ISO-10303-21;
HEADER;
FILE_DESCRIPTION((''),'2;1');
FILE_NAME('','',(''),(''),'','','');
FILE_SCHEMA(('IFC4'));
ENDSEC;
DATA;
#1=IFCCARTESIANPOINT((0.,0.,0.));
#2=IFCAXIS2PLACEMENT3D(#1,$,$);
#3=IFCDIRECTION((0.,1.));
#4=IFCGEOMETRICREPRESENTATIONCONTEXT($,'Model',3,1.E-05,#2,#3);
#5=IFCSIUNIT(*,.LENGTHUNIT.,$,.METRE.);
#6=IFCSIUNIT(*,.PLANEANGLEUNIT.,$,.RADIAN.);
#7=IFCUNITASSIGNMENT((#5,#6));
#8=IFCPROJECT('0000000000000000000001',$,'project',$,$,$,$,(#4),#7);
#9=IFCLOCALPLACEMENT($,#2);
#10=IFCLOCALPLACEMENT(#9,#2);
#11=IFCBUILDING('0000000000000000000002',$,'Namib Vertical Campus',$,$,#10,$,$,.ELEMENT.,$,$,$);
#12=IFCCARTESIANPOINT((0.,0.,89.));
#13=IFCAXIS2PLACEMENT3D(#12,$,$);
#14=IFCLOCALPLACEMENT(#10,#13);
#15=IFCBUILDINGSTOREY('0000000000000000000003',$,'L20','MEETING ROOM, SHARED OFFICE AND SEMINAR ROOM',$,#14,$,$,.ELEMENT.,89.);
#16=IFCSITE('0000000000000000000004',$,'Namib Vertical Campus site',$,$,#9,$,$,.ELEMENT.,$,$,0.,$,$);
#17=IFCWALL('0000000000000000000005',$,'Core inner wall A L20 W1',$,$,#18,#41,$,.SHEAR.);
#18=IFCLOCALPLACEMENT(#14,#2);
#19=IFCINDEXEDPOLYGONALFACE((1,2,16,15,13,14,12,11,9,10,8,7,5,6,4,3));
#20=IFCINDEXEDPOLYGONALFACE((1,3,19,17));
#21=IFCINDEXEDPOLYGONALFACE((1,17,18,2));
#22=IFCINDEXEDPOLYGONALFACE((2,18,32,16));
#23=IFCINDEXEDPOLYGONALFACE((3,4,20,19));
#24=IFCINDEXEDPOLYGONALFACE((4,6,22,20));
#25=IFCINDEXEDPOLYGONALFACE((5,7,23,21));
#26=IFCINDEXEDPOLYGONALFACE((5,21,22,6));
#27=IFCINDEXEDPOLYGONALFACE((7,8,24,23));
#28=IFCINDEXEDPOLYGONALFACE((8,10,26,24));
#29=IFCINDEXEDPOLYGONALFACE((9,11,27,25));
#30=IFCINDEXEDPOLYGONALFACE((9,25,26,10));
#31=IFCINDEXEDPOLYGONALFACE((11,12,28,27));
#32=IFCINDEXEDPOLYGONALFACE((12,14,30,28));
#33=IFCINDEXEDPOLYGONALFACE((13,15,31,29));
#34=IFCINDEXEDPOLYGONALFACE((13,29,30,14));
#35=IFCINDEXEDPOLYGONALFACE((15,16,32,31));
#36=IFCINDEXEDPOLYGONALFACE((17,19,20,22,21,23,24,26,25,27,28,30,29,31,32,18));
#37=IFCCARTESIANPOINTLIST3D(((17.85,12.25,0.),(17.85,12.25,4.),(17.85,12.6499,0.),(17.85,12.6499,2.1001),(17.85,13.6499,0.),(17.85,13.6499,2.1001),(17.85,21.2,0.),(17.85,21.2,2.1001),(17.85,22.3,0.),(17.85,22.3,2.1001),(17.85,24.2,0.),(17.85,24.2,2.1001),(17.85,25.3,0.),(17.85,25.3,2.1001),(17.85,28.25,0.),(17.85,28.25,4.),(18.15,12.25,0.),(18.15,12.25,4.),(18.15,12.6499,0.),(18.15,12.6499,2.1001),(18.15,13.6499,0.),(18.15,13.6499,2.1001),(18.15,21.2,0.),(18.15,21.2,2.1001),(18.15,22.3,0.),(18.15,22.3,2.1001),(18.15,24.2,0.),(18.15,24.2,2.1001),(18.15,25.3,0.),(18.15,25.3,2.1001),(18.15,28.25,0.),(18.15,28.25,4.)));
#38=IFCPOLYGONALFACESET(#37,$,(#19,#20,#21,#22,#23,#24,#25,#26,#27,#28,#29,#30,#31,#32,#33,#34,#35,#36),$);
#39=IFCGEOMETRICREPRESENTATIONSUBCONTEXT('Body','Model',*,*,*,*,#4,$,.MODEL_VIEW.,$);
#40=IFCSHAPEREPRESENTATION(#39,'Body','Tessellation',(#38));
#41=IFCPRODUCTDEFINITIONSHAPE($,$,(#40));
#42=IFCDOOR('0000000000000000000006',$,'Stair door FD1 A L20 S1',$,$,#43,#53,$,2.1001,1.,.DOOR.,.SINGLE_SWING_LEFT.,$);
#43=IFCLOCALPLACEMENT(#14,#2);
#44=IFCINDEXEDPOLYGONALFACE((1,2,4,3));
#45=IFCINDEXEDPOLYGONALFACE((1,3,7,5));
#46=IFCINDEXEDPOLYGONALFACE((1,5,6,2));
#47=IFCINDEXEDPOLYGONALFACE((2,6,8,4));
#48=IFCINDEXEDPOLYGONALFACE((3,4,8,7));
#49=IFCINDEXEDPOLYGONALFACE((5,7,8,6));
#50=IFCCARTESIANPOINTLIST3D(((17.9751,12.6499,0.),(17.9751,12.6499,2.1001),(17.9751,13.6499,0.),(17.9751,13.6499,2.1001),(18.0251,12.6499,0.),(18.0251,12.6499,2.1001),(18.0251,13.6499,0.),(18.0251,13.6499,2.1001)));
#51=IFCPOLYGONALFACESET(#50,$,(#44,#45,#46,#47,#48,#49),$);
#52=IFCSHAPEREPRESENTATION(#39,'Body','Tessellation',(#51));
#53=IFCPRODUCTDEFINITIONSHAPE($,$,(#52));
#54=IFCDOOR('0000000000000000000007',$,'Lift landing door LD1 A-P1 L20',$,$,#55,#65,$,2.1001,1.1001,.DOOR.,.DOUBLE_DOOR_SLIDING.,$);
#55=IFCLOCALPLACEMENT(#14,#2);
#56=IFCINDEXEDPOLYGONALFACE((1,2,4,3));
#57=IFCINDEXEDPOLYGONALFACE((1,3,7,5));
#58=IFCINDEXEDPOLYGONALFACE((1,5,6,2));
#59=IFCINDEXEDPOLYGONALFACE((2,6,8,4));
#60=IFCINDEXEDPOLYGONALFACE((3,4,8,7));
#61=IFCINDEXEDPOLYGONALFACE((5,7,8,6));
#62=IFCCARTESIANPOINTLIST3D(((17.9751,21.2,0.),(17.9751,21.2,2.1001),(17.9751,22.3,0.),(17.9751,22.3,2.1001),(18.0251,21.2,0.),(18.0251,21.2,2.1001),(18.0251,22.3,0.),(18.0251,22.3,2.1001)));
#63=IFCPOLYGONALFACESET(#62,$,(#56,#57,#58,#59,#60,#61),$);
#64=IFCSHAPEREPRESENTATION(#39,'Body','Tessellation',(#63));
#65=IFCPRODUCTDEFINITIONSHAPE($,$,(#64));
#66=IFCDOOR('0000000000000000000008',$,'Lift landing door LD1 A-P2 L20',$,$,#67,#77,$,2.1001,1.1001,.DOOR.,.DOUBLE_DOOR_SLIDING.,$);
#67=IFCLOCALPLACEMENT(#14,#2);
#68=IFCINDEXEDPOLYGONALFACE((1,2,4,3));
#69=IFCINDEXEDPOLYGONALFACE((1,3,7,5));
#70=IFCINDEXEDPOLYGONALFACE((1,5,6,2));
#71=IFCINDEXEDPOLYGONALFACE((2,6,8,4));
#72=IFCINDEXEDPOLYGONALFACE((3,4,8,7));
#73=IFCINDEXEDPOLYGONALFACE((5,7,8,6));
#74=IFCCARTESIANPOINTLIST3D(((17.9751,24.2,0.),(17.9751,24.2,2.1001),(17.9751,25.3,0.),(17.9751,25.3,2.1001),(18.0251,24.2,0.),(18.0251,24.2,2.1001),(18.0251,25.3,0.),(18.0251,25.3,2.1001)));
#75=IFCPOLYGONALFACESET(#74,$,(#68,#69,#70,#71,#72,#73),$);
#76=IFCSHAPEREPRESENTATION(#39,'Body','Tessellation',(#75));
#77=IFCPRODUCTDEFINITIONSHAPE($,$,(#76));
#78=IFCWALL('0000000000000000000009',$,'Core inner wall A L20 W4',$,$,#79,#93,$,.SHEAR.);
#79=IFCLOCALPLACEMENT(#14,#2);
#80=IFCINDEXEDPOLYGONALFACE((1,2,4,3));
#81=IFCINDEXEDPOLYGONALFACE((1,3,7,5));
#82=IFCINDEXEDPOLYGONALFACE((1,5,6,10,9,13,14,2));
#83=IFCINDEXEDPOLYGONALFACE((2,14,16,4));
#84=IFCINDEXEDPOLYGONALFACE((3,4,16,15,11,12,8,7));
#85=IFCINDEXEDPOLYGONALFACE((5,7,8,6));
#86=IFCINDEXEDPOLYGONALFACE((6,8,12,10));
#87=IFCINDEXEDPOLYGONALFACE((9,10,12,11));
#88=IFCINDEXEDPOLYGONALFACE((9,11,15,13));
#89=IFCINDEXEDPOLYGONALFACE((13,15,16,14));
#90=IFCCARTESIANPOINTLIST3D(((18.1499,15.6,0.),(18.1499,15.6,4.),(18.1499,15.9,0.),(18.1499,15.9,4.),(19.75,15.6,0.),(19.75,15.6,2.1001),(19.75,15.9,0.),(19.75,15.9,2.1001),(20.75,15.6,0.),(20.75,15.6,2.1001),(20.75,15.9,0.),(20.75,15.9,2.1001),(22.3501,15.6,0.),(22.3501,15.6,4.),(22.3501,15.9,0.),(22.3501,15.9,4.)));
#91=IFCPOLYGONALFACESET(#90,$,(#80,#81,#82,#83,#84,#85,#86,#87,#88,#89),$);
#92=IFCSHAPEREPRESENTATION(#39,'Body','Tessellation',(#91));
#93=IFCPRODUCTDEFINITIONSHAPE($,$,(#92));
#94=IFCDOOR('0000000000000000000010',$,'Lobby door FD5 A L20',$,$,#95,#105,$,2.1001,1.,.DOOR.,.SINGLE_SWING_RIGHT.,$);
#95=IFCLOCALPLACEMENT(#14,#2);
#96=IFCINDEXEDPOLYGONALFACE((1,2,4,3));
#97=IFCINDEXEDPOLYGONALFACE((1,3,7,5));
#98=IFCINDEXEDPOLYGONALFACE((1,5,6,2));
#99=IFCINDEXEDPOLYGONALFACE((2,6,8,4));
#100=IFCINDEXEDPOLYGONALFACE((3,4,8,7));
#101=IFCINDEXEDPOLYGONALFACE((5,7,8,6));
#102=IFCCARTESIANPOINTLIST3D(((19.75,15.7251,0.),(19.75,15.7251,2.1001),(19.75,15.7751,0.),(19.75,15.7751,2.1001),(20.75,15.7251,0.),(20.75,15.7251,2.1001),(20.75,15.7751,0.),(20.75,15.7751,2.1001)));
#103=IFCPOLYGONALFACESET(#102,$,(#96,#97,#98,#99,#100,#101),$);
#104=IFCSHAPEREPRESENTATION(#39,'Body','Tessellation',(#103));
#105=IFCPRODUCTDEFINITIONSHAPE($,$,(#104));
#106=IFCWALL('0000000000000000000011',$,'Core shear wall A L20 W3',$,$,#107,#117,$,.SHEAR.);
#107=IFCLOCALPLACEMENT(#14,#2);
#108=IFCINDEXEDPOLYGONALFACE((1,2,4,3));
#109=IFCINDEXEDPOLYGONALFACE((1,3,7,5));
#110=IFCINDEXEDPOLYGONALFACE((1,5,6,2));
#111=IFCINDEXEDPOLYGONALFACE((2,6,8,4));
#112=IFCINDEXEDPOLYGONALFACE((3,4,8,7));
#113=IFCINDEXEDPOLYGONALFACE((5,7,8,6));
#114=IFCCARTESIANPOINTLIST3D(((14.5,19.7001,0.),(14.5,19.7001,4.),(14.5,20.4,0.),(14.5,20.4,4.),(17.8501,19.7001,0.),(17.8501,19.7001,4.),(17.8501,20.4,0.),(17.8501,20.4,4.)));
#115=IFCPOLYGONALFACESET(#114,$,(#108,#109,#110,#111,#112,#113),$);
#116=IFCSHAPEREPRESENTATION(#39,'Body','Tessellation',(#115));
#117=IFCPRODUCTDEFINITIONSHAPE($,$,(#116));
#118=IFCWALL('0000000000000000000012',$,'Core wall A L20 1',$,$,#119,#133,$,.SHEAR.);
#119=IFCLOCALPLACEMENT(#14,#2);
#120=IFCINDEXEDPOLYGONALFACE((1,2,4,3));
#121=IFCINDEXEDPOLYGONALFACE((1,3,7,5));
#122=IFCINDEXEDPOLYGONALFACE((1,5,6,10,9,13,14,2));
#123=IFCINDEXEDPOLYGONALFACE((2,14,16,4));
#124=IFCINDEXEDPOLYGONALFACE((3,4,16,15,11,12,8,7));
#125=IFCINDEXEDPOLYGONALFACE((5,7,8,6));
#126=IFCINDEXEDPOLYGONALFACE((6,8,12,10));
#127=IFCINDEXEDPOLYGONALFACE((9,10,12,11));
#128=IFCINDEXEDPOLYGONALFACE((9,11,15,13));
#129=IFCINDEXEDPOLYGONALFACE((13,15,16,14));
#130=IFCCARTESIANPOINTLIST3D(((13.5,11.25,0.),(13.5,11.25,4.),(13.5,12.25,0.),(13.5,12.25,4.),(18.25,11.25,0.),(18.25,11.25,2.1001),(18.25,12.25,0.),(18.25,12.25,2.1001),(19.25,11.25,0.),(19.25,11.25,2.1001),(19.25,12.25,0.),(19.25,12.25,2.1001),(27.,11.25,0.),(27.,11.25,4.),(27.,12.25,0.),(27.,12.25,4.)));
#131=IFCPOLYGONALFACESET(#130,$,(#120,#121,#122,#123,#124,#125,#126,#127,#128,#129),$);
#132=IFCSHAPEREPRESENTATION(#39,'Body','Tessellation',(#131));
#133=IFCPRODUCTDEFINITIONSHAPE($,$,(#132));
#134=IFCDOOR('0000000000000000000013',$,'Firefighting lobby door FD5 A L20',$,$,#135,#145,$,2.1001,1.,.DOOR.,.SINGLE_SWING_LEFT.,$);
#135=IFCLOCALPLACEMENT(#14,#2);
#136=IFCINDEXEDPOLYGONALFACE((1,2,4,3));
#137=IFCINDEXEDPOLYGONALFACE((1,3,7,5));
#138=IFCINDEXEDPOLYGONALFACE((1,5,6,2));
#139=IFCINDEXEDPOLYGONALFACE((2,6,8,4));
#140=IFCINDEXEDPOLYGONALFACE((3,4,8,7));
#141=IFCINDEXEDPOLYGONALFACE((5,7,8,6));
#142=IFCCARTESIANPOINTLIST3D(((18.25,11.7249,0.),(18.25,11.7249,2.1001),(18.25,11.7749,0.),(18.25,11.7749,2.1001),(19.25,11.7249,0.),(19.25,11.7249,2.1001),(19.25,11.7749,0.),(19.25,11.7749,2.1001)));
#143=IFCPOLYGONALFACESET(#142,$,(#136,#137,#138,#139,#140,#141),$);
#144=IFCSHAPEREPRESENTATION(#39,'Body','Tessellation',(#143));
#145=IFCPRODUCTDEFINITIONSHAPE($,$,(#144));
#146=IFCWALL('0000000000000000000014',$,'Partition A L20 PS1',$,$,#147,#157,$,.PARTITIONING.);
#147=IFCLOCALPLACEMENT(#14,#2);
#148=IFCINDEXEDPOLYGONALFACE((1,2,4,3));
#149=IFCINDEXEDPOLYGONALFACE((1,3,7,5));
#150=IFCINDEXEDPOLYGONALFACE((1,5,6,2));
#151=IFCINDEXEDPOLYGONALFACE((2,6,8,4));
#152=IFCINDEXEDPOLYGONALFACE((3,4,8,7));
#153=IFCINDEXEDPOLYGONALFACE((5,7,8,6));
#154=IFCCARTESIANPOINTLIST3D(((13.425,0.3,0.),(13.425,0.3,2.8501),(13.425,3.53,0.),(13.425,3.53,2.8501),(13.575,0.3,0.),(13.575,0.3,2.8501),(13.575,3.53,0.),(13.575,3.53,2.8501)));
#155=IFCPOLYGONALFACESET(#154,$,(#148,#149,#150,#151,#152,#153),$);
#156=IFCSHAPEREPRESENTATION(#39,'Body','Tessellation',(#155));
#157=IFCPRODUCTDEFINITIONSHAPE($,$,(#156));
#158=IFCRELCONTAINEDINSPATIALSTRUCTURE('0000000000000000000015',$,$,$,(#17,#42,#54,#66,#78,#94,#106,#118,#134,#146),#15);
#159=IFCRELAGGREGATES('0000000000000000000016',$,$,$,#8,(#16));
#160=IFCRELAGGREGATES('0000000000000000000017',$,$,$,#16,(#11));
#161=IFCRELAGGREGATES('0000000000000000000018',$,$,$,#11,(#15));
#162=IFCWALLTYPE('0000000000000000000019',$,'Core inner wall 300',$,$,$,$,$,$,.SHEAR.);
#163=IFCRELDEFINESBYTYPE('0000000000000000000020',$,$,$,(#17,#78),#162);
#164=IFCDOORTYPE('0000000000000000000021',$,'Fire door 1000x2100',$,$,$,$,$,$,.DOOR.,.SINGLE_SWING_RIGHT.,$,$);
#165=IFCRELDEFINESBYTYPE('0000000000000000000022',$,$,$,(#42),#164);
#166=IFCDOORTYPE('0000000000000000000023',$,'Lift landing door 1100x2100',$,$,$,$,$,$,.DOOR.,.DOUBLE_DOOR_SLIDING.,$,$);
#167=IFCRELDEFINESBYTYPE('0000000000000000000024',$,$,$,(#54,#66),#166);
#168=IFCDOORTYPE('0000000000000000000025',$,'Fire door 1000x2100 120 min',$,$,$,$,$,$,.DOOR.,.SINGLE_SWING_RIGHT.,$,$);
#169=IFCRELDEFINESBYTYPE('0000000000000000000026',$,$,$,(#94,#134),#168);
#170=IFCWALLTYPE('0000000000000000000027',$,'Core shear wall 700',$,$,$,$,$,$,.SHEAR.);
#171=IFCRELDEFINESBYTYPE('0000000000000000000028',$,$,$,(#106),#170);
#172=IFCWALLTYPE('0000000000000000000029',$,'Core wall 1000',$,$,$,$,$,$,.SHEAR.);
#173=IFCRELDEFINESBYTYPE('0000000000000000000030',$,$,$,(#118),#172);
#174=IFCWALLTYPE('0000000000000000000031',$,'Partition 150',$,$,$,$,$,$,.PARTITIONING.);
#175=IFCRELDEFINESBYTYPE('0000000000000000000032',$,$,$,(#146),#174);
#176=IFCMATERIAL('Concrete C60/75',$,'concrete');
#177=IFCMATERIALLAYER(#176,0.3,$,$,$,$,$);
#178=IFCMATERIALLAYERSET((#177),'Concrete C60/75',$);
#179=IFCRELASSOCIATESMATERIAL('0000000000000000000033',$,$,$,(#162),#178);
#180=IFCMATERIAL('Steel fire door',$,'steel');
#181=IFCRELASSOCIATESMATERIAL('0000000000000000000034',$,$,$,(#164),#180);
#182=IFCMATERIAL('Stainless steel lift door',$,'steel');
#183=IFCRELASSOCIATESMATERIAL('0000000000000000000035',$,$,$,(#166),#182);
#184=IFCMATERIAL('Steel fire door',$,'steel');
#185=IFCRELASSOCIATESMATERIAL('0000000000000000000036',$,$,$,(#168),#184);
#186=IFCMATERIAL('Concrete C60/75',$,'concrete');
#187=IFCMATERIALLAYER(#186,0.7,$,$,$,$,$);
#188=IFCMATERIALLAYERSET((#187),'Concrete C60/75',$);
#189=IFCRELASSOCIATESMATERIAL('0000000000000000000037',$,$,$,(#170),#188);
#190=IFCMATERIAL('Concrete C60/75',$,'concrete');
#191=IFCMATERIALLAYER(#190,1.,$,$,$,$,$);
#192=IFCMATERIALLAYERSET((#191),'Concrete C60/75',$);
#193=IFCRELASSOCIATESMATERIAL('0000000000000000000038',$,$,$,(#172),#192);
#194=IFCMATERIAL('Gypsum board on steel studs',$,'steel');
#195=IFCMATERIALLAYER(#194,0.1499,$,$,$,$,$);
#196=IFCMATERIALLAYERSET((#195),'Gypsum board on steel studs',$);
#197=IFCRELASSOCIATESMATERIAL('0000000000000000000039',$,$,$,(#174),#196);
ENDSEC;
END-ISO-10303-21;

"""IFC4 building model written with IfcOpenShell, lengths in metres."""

from ifc_helpers import new_model, si_unit, direction, frame, frame_2d, origin, place, context, subcontext, project, spatial, rectangle, extrude, material, layer, layer_set, type_object, element, fill, save


model = new_model("IFC4")

# Units and contexts
model_context = context("Model", 3, precision=1e-05, world=origin(), true_north=direction((0.0, 1.0)))
body_context = subcontext(model_context, "Body", "Model", "MODEL_VIEW")
ifc_project = project(units=[si_unit("LENGTHUNIT", "METRE"), si_unit("PLANEANGLEUNIT", "RADIAN")], contexts=[model_context])

# Site, building, storey
site_placement = place(None, origin())
site = spatial("IfcSite", under=ifc_project, at=site_placement, Name="Namib Vertical Campus site", CompositionType="ELEMENT", RefElevation=0.0)
building_placement = place(site_placement, origin())
building = spatial("IfcBuilding", under=site, at=building_placement, Name="Namib Vertical Campus", CompositionType="ELEMENT")
storey_placement = place(building_placement, frame((0.0, 0.0, 89.0)))
storey = spatial("IfcBuildingStorey", under=building, at=storey_placement, Name="L20", Description="MEETING ROOM, SHARED OFFICE AND SEMINAR ROOM", CompositionType="ELEMENT", Elevation=89.0)

# Wall, openings, doors
ifc_material_1 = material(Name="Concrete C60/75", Category="concrete")
ifc_layer_1 = layer(ifc_material_1, 0.3)
ifc_layer_set_1 = layer_set([ifc_layer_1], Name="Concrete C60/75")
wall_type_1 = type_object("IfcWallType", Name="Core inner wall 300", PredefinedType="SHEAR", material=ifc_layer_set_1)
wall_1_placement = place(storey_placement, frame((18.0, 12.25, 0.0), z_axis=(0.0, 0.0, 1.0), x_axis=(0.0, 1.0, 0.0)))
wall_1 = element("IfcWall", 1, at=wall_1_placement, inside=storey, type_object=wall_type_1, Name="Core inner wall A L20 W1", PredefinedType="SHEAR", context=body_context, shape_type="SweptSolid", body=[
    extrude(rectangle(XDim=16.0, YDim=0.3, at=frame_2d((8.0, 0.0))), origin(), (0.0, 0.0, 1.0), 4.0),
])
opening_1_placement = place(wall_1_placement, frame((0.3999, 0.0, 0.0)))
opening_1 = element("IfcOpeningElement", 2, at=opening_1_placement, cuts=wall_1, PredefinedType="OPENING", context=body_context, shape_type="SweptSolid", body=[
    extrude(rectangle(XDim=1.0, YDim=2.1001, at=frame_2d((0.5, 1.05))), frame((0.0, 0.1599, 0.0), z_axis=(0.0, -1.0, 0.0), x_axis=(1.0, 0.0, 0.0)), (0.0, 0.0, 1.0), 0.3201),
])
opening_2_placement = place(wall_1_placement, frame((8.95, 0.0, 0.0)))
opening_2 = element("IfcOpeningElement", 3, at=opening_2_placement, cuts=wall_1, PredefinedType="OPENING", context=body_context, shape_type="SweptSolid", body=[
    extrude(rectangle(XDim=1.1001, YDim=2.1001, at=frame_2d((0.55, 1.05))), frame((0.0, 0.1599, 0.0), z_axis=(0.0, -1.0, 0.0), x_axis=(1.0, 0.0, 0.0)), (0.0, 0.0, 1.0), 0.3201),
])
opening_3_placement = place(wall_1_placement, frame((11.95, 0.0, 0.0)))
opening_3 = element("IfcOpeningElement", 4, at=opening_3_placement, cuts=wall_1, PredefinedType="OPENING", context=body_context, shape_type="SweptSolid", body=[
    extrude(rectangle(XDim=1.1001, YDim=2.1001, at=frame_2d((0.55, 1.05))), frame((0.0, 0.1599, 0.0), z_axis=(0.0, -1.0, 0.0), x_axis=(1.0, 0.0, 0.0)), (0.0, 0.0, 1.0), 0.3201),
])
ifc_material_2 = material(Name="Steel fire door", Category="steel")
door_type_1 = type_object("IfcDoorType", Name="Fire door 1000x2100", OperationType="SINGLE_SWING_RIGHT", PredefinedType="DOOR", material=ifc_material_2)
door_1_placement = place(opening_1_placement, origin())
door_1 = element("IfcDoor", 5, at=door_1_placement, inside=storey, type_object=door_type_1, Name="Stair door FD1 A L20 S1", OperationType="SINGLE_SWING_LEFT", OverallHeight=2.1001, OverallWidth=1.0, PredefinedType="DOOR", context=body_context, shape_type="SweptSolid", body=[
    extrude(rectangle(XDim=1.0, YDim=2.1001, at=frame_2d((0.5, 1.05))), frame((0.0, 0.0249, 0.0), z_axis=(0.0, -1.0, 0.0), x_axis=(1.0, 0.0, 0.0)), (0.0, 0.0, 1.0), 0.05),
])
fill(opening_1, door_1)
ifc_material_3 = material(Name="Stainless steel lift door", Category="steel")
door_type_2 = type_object("IfcDoorType", Name="Lift landing door 1100x2100", OperationType="DOUBLE_DOOR_SLIDING", PredefinedType="DOOR", material=ifc_material_3)
door_2_placement = place(opening_2_placement, origin())
door_2 = element("IfcDoor", 6, at=door_2_placement, inside=storey, type_object=door_type_2, Name="Lift landing door LD1 A-P1 L20", OperationType="DOUBLE_DOOR_SLIDING", OverallHeight=2.1001, OverallWidth=1.1001, PredefinedType="DOOR", context=body_context, shape_type="SweptSolid", body=[
    extrude(rectangle(XDim=1.1001, YDim=2.1001, at=frame_2d((0.55, 1.05))), frame((0.0, 0.0249, 0.0), z_axis=(0.0, -1.0, 0.0), x_axis=(1.0, 0.0, 0.0)), (0.0, 0.0, 1.0), 0.05),
])
fill(opening_2, door_2)
door_3_placement = place(opening_3_placement, origin())
door_3 = element("IfcDoor", 7, at=door_3_placement, inside=storey, type_object=door_type_2, Name="Lift landing door LD1 A-P2 L20", OperationType="DOUBLE_DOOR_SLIDING", OverallHeight=2.1001, OverallWidth=1.1001, PredefinedType="DOOR", context=body_context, shape_type="SweptSolid", body=[
    extrude(rectangle(XDim=1.1001, YDim=2.1001, at=frame_2d((0.55, 1.05))), frame((0.0, 0.0249, 0.0), z_axis=(0.0, -1.0, 0.0), x_axis=(1.0, 0.0, 0.0)), (0.0, 0.0, 1.0), 0.05),
])
fill(opening_3, door_3)

# Wall, opening, door
wall_2_placement = place(storey_placement, frame((18.1499, 15.75, 0.0), z_axis=(0.0, 0.0, 1.0), x_axis=(1.0, 0.0, 0.0)))
wall_2 = element("IfcWall", 8, at=wall_2_placement, inside=storey, type_object=wall_type_1, Name="Core inner wall A L20 W4", PredefinedType="SHEAR", context=body_context, shape_type="SweptSolid", body=[
    extrude(rectangle(XDim=4.2002, YDim=0.3, at=frame_2d((2.1001, 0.0))), origin(), (0.0, 0.0, 1.0), 4.0),
])
opening_4_placement = place(wall_2_placement, frame((1.6001, 0.0, 0.0)))
opening_4 = element("IfcOpeningElement", 9, at=opening_4_placement, cuts=wall_2, PredefinedType="OPENING", context=body_context, shape_type="SweptSolid", body=[
    extrude(rectangle(XDim=1.0, YDim=2.1001, at=frame_2d((0.5, 1.05))), frame((0.0, 0.1599, 0.0), z_axis=(0.0, -1.0, 0.0), x_axis=(1.0, 0.0, 0.0)), (0.0, 0.0, 1.0), 0.3201),
])
ifc_material_4 = material(Name="Steel fire door", Category="steel")
door_type_3 = type_object("IfcDoorType", Name="Fire door 1000x2100 120 min", OperationType="SINGLE_SWING_RIGHT", PredefinedType="DOOR", material=ifc_material_4)
door_4_placement = place(opening_4_placement, frame((1.0, 0.0, 0.0), z_axis=(0.0, 0.0, 1.0), x_axis=(-1.0, 0.0, 0.0)))
door_4 = element("IfcDoor", 10, at=door_4_placement, inside=storey, type_object=door_type_3, Name="Lobby door FD5 A L20", OperationType="SINGLE_SWING_RIGHT", OverallHeight=2.1001, OverallWidth=1.0, PredefinedType="DOOR", context=body_context, shape_type="SweptSolid", body=[
    extrude(rectangle(XDim=1.0, YDim=2.1001, at=frame_2d((0.5, 1.05))), frame((0.0, 0.0249, 0.0), z_axis=(0.0, -1.0, 0.0), x_axis=(1.0, 0.0, 0.0)), (0.0, 0.0, 1.0), 0.05),
])
fill(opening_4, door_4)

# Wall
ifc_material_5 = material(Name="Concrete C60/75", Category="concrete")
ifc_layer_2 = layer(ifc_material_5, 0.7)
ifc_layer_set_2 = layer_set([ifc_layer_2], Name="Concrete C60/75")
wall_type_2 = type_object("IfcWallType", Name="Core shear wall 700", PredefinedType="SHEAR", material=ifc_layer_set_2)
wall_3_placement = place(storey_placement, frame((14.5, 20.05, 0.0), z_axis=(0.0, 0.0, 1.0), x_axis=(1.0, 0.0, 0.0)))
element("IfcWall", 11, at=wall_3_placement, inside=storey, type_object=wall_type_2, Name="Core shear wall A L20 W3", PredefinedType="SHEAR", context=body_context, shape_type="SweptSolid", body=[
    extrude(rectangle(XDim=3.3501, YDim=0.7, at=frame_2d((1.675, 0.0))), origin(), (0.0, 0.0, 1.0), 4.0),
])

# Wall, opening, door
ifc_material_6 = material(Name="Concrete C60/75", Category="concrete")
ifc_layer_3 = layer(ifc_material_6, 1.0)
ifc_layer_set_3 = layer_set([ifc_layer_3], Name="Concrete C60/75")
wall_type_3 = type_object("IfcWallType", Name="Core wall 1000", PredefinedType="SHEAR", material=ifc_layer_set_3)
wall_4_placement = place(storey_placement, frame((13.5, 11.75, 0.0), z_axis=(0.0, 0.0, 1.0), x_axis=(1.0, 0.0, 0.0)))
wall_4 = element("IfcWall", 12, at=wall_4_placement, inside=storey, type_object=wall_type_3, Name="Core wall A L20 1", PredefinedType="SHEAR", context=body_context, shape_type="SweptSolid", body=[
    extrude(rectangle(XDim=13.5, YDim=1.0, at=frame_2d((6.75, 0.0))), origin(), (0.0, 0.0, 1.0), 4.0),
])
opening_5_placement = place(wall_4_placement, frame((4.75, 0.0, 0.0)))
opening_5 = element("IfcOpeningElement", 13, at=opening_5_placement, cuts=wall_4, PredefinedType="OPENING", context=body_context, shape_type="SweptSolid", body=[
    extrude(rectangle(XDim=1.0, YDim=2.1001, at=frame_2d((0.5, 1.05))), frame((0.0, 0.51, 0.0), z_axis=(0.0, -1.0, 0.0), x_axis=(1.0, 0.0, 0.0)), (0.0, 0.0, 1.0), 1.02),
])
door_5_placement = place(opening_5_placement, origin())
door_5 = element("IfcDoor", 14, at=door_5_placement, inside=storey, type_object=door_type_3, Name="Firefighting lobby door FD5 A L20", OperationType="SINGLE_SWING_LEFT", OverallHeight=2.1001, OverallWidth=1.0, PredefinedType="DOOR", context=body_context, shape_type="SweptSolid", body=[
    extrude(rectangle(XDim=1.0, YDim=2.1001, at=frame_2d((0.5, 1.05))), frame((0.0, 0.0249, 0.0), z_axis=(0.0, -1.0, 0.0), x_axis=(1.0, 0.0, 0.0)), (0.0, 0.0, 1.0), 0.05),
])
fill(opening_5, door_5)

# Wall
ifc_material_7 = material(Name="Gypsum board on steel studs", Category="steel")
ifc_layer_4 = layer(ifc_material_7, 0.1499)
ifc_layer_set_4 = layer_set([ifc_layer_4], Name="Gypsum board on steel studs")
wall_type_4 = type_object("IfcWallType", Name="Partition 150", PredefinedType="PARTITIONING", material=ifc_layer_set_4)
wall_5_placement = place(storey_placement, frame((13.5, 0.3, 0.0), z_axis=(0.0, 0.0, 1.0), x_axis=(0.0, 1.0, 0.0)))
element("IfcWall", 15, at=wall_5_placement, inside=storey, type_object=wall_type_4, Name="Partition A L20 PS1", PredefinedType="PARTITIONING", context=body_context, shape_type="SweptSolid", body=[
    extrude(rectangle(XDim=3.23, YDim=0.1499, at=frame_2d((1.615, 0.0))), origin(), (0.0, 0.0, 1.0), 2.8501),
])

save(model, "model.ifc")
